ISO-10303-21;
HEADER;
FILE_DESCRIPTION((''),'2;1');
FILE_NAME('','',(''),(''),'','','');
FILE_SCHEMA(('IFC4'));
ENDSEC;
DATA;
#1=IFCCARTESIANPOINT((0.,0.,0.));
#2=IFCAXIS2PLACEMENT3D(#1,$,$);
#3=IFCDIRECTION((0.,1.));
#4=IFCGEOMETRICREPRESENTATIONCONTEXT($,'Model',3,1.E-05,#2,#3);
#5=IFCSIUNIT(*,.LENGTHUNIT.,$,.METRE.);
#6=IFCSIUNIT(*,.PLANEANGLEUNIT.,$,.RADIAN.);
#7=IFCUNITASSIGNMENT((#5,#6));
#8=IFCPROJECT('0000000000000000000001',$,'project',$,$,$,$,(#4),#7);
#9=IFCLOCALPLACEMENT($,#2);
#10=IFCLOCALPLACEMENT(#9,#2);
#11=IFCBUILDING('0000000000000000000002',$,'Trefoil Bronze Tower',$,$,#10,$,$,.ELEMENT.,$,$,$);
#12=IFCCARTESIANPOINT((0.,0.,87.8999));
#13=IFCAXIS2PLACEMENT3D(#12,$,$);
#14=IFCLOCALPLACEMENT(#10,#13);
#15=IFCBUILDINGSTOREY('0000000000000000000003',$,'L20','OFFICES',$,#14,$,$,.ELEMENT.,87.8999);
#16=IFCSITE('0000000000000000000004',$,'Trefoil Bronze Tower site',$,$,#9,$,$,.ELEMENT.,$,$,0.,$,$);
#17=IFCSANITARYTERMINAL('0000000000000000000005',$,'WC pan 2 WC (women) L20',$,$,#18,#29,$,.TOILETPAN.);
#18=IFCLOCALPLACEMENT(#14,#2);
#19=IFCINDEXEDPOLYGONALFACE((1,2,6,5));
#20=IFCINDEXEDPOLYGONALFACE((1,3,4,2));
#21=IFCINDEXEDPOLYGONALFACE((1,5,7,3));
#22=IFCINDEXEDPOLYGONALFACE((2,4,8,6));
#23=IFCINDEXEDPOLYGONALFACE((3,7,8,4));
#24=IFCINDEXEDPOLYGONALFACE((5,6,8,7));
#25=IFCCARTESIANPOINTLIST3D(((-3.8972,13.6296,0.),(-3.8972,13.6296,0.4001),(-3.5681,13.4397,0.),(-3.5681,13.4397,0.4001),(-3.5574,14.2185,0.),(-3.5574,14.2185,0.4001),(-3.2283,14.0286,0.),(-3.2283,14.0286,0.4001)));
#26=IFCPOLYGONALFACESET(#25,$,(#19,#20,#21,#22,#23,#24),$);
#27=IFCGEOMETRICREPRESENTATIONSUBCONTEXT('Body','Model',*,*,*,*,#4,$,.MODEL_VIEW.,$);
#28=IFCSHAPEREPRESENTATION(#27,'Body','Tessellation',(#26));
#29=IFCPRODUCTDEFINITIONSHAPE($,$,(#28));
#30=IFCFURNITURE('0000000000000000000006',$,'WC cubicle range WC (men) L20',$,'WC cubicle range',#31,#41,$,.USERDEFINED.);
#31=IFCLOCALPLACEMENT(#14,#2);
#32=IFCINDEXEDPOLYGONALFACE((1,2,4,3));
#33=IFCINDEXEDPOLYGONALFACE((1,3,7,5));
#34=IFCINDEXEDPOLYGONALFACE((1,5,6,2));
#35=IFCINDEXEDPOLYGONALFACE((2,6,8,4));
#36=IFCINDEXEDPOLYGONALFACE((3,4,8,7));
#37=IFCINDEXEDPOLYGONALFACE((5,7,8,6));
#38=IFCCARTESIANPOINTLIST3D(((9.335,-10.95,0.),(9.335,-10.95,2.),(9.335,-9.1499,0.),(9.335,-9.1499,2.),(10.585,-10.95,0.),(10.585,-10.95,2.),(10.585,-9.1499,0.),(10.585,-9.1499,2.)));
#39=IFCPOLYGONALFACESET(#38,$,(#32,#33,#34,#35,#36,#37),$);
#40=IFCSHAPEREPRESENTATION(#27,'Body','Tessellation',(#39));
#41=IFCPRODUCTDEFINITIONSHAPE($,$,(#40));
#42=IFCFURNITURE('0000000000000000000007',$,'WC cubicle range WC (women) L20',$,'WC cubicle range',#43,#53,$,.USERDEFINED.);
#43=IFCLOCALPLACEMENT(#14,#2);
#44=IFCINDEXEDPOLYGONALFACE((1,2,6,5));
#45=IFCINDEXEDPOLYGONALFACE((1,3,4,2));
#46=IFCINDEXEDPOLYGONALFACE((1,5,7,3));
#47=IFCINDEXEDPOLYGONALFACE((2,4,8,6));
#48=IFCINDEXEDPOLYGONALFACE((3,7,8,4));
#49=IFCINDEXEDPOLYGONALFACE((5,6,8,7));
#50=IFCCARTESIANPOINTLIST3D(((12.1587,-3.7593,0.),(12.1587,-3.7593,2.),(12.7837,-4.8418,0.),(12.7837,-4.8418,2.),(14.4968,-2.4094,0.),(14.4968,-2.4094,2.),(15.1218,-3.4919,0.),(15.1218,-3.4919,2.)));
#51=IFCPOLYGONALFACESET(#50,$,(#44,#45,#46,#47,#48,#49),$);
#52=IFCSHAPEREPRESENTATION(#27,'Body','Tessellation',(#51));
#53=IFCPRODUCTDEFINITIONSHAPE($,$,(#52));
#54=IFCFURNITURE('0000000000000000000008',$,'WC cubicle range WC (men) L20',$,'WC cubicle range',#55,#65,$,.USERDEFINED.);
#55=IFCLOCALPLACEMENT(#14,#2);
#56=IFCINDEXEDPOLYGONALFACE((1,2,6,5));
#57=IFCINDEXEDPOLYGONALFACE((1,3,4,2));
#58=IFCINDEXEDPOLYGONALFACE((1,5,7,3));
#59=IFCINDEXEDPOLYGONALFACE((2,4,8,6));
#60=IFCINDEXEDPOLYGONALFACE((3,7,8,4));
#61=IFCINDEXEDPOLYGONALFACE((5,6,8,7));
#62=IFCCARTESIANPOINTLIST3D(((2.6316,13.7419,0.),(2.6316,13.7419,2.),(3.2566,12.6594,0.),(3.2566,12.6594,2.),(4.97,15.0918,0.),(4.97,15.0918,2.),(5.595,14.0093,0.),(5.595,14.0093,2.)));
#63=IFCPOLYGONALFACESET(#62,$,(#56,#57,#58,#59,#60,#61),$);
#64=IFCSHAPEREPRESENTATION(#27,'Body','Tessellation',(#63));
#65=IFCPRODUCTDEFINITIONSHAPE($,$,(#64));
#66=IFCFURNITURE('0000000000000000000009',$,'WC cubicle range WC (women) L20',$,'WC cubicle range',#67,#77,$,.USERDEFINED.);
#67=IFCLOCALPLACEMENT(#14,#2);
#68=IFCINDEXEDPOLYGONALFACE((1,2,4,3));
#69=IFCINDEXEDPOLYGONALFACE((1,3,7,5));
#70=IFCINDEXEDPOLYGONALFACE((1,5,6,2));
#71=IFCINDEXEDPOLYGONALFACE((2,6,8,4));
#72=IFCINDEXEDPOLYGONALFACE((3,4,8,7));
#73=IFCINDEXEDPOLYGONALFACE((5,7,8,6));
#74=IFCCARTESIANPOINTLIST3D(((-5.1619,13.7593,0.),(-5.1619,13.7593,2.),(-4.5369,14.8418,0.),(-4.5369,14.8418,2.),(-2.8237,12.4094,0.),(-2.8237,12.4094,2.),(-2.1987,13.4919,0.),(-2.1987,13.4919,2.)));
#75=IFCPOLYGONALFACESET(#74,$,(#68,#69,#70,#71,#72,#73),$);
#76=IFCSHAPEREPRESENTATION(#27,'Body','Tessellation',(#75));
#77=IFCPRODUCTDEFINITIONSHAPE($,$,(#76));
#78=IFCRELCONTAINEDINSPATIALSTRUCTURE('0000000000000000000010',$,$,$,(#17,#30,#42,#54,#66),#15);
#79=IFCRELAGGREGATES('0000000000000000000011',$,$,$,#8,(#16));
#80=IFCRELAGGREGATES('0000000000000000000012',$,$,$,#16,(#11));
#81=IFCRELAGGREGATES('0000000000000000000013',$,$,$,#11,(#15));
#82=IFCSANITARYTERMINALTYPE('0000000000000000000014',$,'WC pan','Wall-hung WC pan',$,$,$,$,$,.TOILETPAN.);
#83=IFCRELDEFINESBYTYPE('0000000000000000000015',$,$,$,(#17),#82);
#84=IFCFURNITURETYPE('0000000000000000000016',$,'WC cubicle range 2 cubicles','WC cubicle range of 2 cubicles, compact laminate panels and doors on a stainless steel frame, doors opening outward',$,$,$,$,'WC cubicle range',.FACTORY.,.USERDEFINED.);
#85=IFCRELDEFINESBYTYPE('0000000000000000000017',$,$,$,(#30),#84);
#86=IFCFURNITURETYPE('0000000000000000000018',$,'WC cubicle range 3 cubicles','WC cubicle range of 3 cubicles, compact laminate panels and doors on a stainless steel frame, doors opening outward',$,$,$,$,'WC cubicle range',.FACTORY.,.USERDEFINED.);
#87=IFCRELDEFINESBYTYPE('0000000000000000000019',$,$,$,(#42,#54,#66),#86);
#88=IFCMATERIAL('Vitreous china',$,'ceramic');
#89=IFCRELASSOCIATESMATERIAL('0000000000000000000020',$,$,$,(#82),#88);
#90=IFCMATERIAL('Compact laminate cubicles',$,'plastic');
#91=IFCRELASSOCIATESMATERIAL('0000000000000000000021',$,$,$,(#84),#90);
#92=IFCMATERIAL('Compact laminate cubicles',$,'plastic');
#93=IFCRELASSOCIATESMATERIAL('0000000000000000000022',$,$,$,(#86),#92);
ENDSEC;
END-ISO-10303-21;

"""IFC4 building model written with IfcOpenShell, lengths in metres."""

from ifc_helpers import new_model, si_unit, direction, frame, origin, place, context, subcontext, project, spatial, polyline, outline, extrude, material, type_object, element, save


model = new_model("IFC4")

# Units and contexts
model_context = context("Model", 3, precision=1e-05, world=origin(), true_north=direction((0.0, 1.0)))
body_context = subcontext(model_context, "Body", "Model", "MODEL_VIEW")
ifc_project = project(units=[si_unit("LENGTHUNIT", "METRE"), si_unit("PLANEANGLEUNIT", "RADIAN")], contexts=[model_context])

# Site, building, storey
site_placement = place(None, origin())
site = spatial("IfcSite", under=ifc_project, at=site_placement, Name="Trefoil Bronze Tower site", CompositionType="ELEMENT", RefElevation=0.0)
building_placement = place(site_placement, origin())
building = spatial("IfcBuilding", under=site, at=building_placement, Name="Trefoil Bronze Tower", CompositionType="ELEMENT")
storey_placement = place(building_placement, frame((0.0, 0.0, 87.8999)))
storey = spatial("IfcBuildingStorey", under=building, at=storey_placement, Name="L20", Description="OFFICES", CompositionType="ELEMENT", Elevation=87.8999)

# Sanitary terminal
ifc_material_1 = material(Name="Vitreous china", Category="ceramic")
sanitary_terminal_type_1 = type_object("IfcSanitaryTerminalType", Name="WC pan", Description="Wall-hung WC pan", PredefinedType="TOILETPAN", material=ifc_material_1)
sanitary_terminal_1_placement = place(storey_placement, origin())
element("IfcSanitaryTerminal", 1, at=sanitary_terminal_1_placement, inside=storey, type_object=sanitary_terminal_type_1, Name="WC pan 2 WC (women) L20", PredefinedType="TOILETPAN", context=body_context, shape_type="SweptSolid", body=[
    extrude(outline(polyline([(-3.5681, 13.4397), (-3.2283, 14.0286), (-3.5574, 14.2185), (-3.8972, 13.6296), (-3.5681, 13.4397)])), origin(), (0.0, 0.0, 1.0), 0.4001),
])

# Furniture
ifc_material_2 = material(Name="Compact laminate cubicles", Category="plastic")
furniture_type_1 = type_object("IfcFurnitureType", Name="WC cubicle range 2 cubicles", Description="WC cubicle range of 2 cubicles, compact laminate panels and doors on a stainless steel frame, doors opening outward", ElementType="WC cubicle range", AssemblyPlace="FACTORY", PredefinedType="USERDEFINED", material=ifc_material_2)
furniture_1_placement = place(storey_placement, origin())
element("IfcFurniture", 2, at=furniture_1_placement, inside=storey, type_object=furniture_type_1, Name="WC cubicle range WC (men) L20", ObjectType="WC cubicle range", PredefinedType="USERDEFINED", context=body_context, shape_type="SweptSolid", body=[
    extrude(outline(polyline([(9.335, -9.1499), (10.585, -9.1499), (10.585, -10.95), (9.335, -10.95), (9.335, -9.1499)])), origin(), (0.0, 0.0, 1.0), 2.0),
])
ifc_material_3 = material(Name="Compact laminate cubicles", Category="plastic")
furniture_type_2 = type_object("IfcFurnitureType", Name="WC cubicle range 3 cubicles", Description="WC cubicle range of 3 cubicles, compact laminate panels and doors on a stainless steel frame, doors opening outward", ElementType="WC cubicle range", AssemblyPlace="FACTORY", PredefinedType="USERDEFINED", material=ifc_material_3)
furniture_2_placement = place(storey_placement, origin())
element("IfcFurniture", 3, at=furniture_2_placement, inside=storey, type_object=furniture_type_2, Name="WC cubicle range WC (women) L20", ObjectType="WC cubicle range", PredefinedType="USERDEFINED", context=body_context, shape_type="SweptSolid", body=[
    extrude(outline(polyline([(12.1587, -3.7593), (12.7837, -4.8418), (15.1218, -3.4919), (14.4968, -2.4094), (12.1587, -3.7593)])), origin(), (0.0, 0.0, 1.0), 2.0),
])
furniture_3_placement = place(storey_placement, origin())
element("IfcFurniture", 4, at=furniture_3_placement, inside=storey, type_object=furniture_type_2, Name="WC cubicle range WC (men) L20", ObjectType="WC cubicle range", PredefinedType="USERDEFINED", context=body_context, shape_type="SweptSolid", body=[
    extrude(outline(polyline([(3.2566, 12.6594), (2.6316, 13.7419), (4.97, 15.0918), (5.595, 14.0093), (3.2566, 12.6594)])), origin(), (0.0, 0.0, 1.0), 2.0),
])
furniture_4_placement = place(storey_placement, origin())
element("IfcFurniture", 5, at=furniture_4_placement, inside=storey, type_object=furniture_type_2, Name="WC cubicle range WC (women) L20", ObjectType="WC cubicle range", PredefinedType="USERDEFINED", context=body_context, shape_type="SweptSolid", body=[
    extrude(outline(polyline([(-2.8237, 12.4094), (-2.1987, 13.4919), (-4.5369, 14.8418), (-5.1619, 13.7593), (-2.8237, 12.4094)])), origin(), (0.0, 0.0, 1.0), 2.0),
])

save(model, "model.ifc")
